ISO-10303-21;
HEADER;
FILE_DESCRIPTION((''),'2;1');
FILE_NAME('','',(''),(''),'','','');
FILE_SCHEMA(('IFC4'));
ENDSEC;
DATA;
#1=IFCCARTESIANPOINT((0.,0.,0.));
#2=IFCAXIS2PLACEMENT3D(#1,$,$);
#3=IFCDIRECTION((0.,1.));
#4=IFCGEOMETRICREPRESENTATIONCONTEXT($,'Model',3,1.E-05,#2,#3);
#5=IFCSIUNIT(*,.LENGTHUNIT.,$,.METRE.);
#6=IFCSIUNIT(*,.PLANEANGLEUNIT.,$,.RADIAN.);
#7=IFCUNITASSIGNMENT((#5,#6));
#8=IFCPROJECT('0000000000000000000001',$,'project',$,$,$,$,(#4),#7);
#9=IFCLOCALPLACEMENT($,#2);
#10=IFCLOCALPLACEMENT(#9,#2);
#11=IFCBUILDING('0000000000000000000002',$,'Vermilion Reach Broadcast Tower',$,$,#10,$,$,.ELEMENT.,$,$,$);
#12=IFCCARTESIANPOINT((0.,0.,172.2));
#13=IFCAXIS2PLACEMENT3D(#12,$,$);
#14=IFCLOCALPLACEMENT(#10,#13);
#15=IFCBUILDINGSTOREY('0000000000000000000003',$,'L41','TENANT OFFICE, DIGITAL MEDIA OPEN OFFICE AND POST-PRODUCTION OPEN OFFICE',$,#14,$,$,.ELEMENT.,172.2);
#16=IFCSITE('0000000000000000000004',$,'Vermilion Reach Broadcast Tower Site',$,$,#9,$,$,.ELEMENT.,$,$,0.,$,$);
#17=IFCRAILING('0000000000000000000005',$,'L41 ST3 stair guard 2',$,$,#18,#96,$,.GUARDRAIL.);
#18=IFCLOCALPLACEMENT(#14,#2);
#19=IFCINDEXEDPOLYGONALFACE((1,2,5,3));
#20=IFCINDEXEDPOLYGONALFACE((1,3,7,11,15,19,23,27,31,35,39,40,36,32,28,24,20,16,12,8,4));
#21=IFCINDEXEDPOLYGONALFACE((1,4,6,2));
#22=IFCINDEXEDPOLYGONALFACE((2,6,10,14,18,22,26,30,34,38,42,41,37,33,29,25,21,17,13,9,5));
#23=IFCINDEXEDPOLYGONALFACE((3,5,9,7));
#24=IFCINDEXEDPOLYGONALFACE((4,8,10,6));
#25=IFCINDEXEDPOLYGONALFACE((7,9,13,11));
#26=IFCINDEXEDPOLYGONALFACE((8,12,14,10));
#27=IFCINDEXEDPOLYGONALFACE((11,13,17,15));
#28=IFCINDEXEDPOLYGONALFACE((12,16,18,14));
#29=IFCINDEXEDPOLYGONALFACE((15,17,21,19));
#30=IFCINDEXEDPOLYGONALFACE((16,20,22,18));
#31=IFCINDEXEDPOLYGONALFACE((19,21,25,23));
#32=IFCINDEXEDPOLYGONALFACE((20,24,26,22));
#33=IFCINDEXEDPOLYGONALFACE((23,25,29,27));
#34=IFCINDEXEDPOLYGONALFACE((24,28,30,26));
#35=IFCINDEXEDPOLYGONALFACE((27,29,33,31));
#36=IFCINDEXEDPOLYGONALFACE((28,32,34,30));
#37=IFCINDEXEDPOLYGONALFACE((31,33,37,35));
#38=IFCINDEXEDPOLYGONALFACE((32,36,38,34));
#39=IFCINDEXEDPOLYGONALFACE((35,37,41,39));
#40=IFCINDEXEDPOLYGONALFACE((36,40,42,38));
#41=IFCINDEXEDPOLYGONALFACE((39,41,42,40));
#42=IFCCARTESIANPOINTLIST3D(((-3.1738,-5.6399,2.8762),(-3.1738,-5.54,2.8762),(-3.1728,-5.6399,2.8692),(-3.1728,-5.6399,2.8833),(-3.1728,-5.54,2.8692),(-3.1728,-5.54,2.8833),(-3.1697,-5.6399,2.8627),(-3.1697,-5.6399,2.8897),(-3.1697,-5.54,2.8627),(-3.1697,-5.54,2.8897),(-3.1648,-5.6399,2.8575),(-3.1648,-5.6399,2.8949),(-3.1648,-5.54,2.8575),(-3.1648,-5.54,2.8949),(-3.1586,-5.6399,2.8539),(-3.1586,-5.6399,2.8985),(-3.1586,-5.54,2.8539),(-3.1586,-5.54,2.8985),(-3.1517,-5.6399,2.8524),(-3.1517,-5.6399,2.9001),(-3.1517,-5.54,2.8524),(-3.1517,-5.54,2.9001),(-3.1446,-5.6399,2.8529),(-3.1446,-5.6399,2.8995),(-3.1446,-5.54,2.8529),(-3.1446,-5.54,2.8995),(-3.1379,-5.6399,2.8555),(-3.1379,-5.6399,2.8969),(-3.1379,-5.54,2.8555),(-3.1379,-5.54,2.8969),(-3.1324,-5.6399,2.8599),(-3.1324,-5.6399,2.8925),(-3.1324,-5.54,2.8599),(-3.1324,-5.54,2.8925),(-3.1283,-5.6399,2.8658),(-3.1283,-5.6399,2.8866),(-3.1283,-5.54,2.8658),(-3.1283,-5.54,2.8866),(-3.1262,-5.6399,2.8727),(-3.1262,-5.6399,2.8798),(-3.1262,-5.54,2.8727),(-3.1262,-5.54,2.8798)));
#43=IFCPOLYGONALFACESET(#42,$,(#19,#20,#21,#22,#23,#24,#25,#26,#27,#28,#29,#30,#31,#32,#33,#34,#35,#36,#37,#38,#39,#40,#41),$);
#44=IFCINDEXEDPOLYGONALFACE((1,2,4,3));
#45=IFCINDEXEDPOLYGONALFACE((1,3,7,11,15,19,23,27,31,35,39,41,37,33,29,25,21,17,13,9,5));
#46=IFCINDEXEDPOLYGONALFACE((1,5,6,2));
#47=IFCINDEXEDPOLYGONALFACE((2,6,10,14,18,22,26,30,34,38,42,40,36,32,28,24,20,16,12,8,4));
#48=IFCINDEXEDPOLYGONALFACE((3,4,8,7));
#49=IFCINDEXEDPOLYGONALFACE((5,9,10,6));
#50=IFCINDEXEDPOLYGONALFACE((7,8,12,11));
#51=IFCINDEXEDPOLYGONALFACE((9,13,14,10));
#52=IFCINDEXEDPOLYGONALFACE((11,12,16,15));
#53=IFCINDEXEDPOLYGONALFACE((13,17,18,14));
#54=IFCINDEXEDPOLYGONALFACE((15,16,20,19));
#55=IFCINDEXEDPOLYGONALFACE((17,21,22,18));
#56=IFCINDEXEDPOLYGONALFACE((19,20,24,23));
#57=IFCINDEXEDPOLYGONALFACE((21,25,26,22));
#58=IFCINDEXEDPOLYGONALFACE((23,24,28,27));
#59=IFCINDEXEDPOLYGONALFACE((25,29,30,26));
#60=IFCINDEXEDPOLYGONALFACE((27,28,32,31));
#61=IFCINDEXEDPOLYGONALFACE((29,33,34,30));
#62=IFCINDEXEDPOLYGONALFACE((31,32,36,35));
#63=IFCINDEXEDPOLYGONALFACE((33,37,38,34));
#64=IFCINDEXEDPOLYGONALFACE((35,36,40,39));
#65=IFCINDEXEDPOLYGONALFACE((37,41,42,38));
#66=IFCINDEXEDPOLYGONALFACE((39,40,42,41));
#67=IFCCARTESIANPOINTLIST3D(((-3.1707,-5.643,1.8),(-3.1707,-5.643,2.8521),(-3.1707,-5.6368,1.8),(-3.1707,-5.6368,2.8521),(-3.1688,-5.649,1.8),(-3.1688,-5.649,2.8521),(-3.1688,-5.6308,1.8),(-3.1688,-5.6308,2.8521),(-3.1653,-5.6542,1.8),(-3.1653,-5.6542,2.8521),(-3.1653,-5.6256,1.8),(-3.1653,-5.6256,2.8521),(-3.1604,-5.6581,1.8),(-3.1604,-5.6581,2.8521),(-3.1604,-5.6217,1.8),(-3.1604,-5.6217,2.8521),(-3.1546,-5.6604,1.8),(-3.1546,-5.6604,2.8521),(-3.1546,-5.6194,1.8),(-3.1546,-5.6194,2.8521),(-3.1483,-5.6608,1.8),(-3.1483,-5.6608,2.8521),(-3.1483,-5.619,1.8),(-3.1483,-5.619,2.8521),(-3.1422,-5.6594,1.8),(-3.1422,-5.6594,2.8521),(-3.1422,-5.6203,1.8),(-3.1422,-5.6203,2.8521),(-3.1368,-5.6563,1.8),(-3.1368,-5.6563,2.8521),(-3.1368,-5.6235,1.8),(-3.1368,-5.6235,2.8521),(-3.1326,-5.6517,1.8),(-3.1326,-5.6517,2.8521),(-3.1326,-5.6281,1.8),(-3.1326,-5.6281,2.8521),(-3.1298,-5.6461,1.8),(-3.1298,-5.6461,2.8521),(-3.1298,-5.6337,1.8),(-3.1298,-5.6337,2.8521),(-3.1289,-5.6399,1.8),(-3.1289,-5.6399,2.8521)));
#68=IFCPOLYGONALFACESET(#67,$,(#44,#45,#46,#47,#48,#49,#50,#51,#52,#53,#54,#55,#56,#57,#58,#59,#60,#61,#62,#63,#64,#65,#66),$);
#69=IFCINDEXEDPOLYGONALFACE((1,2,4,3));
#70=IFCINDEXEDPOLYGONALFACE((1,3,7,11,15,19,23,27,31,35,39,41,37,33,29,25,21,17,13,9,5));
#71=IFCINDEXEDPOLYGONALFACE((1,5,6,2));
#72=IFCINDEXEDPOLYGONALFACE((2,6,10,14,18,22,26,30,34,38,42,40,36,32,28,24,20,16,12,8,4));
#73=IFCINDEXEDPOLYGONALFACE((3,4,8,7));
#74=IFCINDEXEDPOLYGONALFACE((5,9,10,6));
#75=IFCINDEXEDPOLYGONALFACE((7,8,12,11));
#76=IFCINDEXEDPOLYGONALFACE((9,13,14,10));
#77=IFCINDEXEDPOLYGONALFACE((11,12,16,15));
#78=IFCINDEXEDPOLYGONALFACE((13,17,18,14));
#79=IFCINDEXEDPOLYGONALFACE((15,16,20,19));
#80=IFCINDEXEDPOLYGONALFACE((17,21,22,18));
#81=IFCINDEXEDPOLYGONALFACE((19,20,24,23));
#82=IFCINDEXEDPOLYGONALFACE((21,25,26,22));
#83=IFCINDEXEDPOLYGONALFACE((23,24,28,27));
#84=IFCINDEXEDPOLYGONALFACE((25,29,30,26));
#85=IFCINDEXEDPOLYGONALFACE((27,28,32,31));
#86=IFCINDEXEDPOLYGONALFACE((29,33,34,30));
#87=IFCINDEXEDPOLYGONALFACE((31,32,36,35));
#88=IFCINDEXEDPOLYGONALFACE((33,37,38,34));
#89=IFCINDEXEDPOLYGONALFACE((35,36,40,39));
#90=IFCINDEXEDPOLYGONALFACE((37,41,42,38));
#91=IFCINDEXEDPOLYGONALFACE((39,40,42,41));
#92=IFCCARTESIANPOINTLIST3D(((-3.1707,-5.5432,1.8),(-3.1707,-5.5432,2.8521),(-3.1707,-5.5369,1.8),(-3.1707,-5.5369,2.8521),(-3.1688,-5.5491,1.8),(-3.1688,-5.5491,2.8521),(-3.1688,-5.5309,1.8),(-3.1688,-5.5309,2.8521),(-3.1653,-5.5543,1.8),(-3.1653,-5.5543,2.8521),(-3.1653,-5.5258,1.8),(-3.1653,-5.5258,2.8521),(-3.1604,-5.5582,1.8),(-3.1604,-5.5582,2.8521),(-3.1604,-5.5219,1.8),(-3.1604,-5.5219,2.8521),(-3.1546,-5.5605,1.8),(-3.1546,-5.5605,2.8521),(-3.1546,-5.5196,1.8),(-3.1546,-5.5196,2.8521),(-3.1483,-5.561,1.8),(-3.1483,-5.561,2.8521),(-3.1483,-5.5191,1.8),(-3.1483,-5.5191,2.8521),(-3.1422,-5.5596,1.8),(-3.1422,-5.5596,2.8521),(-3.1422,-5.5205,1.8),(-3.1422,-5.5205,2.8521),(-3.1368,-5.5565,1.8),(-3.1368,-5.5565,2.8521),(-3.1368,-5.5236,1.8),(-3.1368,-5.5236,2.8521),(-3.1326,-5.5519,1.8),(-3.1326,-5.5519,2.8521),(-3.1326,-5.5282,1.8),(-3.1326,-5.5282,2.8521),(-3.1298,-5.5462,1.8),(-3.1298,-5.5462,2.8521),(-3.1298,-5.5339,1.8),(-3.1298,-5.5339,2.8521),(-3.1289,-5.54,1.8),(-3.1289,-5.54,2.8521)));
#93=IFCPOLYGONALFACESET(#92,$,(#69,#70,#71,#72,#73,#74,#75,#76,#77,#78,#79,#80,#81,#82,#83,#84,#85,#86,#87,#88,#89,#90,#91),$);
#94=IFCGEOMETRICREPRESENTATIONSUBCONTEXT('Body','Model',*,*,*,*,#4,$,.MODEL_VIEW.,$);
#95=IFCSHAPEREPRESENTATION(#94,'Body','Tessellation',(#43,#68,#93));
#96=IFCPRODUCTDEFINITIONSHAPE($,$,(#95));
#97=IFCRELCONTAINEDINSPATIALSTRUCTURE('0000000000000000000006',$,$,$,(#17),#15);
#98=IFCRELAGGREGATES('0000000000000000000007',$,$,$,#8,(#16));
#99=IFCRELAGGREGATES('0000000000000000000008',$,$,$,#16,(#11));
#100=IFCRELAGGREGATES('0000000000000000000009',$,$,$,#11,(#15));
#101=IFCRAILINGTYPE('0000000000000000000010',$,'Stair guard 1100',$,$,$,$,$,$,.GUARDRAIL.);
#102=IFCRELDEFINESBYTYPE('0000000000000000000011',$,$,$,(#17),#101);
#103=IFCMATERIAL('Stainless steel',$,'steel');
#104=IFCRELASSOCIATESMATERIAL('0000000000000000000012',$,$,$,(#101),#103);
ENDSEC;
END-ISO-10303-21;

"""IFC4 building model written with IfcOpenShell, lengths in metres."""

from ifc_helpers import new_model, si_unit, direction, frame, origin, origin_2d, place, context, subcontext, project, spatial, circle, extrude, material, type_object, element, save


model = new_model("IFC4")

# Units and contexts
model_context = context("Model", 3, precision=1e-05, world=origin(), true_north=direction((0.0, 1.0)))
body_context = subcontext(model_context, "Body", "Model", "MODEL_VIEW")
ifc_project = project(units=[si_unit("LENGTHUNIT", "METRE"), si_unit("PLANEANGLEUNIT", "RADIAN")], contexts=[model_context])

# Site, building, storey
site_placement = place(None, origin())
site = spatial("IfcSite", under=ifc_project, at=site_placement, Name="Vermilion Reach Broadcast Tower Site", CompositionType="ELEMENT", RefElevation=0.0)
building_placement = place(site_placement, origin())
building = spatial("IfcBuilding", under=site, at=building_placement, Name="Vermilion Reach Broadcast Tower", CompositionType="ELEMENT")
storey_placement = place(building_placement, frame((0.0, 0.0, 172.2)))
storey = spatial("IfcBuildingStorey", under=building, at=storey_placement, Name="L41", Description="TENANT OFFICE, DIGITAL MEDIA OPEN OFFICE AND POST-PRODUCTION OPEN OFFICE", CompositionType="ELEMENT", Elevation=172.2)

# Railing
ifc_material_1 = material(Name="Stainless steel", Category="steel")
railing_type_1 = type_object("IfcRailingType", Name="Stair guard 1100", PredefinedType="GUARDRAIL", material=ifc_material_1)
railing_1_placement = place(storey_placement, frame((-3.1499, -5.6399, 1.8)))
element("IfcRailing", 1, at=railing_1_placement, inside=storey, type_object=railing_type_1, Name="L41 ST3 stair guard 2", PredefinedType="GUARDRAIL", context=body_context, shape_type="SweptSolid", body=[
    extrude(circle(Radius=0.0239, at=origin_2d()), frame((0.0, 0.0, 1.0762), z_axis=(0.0, 1.0, 0.0), x_axis=(-1.0, 0.0, 0.0)), (0.0, 0.0, 1.0), 0.0999),
    extrude(circle(Radius=0.021, at=origin_2d()), origin(), (0.0, 0.0, 1.0), 1.052),
    extrude(circle(Radius=0.021, at=origin_2d()), frame((0.0, 0.0999, 0.0)), (0.0, 0.0, 1.0), 1.052),
])

save(model, "model.ifc")
